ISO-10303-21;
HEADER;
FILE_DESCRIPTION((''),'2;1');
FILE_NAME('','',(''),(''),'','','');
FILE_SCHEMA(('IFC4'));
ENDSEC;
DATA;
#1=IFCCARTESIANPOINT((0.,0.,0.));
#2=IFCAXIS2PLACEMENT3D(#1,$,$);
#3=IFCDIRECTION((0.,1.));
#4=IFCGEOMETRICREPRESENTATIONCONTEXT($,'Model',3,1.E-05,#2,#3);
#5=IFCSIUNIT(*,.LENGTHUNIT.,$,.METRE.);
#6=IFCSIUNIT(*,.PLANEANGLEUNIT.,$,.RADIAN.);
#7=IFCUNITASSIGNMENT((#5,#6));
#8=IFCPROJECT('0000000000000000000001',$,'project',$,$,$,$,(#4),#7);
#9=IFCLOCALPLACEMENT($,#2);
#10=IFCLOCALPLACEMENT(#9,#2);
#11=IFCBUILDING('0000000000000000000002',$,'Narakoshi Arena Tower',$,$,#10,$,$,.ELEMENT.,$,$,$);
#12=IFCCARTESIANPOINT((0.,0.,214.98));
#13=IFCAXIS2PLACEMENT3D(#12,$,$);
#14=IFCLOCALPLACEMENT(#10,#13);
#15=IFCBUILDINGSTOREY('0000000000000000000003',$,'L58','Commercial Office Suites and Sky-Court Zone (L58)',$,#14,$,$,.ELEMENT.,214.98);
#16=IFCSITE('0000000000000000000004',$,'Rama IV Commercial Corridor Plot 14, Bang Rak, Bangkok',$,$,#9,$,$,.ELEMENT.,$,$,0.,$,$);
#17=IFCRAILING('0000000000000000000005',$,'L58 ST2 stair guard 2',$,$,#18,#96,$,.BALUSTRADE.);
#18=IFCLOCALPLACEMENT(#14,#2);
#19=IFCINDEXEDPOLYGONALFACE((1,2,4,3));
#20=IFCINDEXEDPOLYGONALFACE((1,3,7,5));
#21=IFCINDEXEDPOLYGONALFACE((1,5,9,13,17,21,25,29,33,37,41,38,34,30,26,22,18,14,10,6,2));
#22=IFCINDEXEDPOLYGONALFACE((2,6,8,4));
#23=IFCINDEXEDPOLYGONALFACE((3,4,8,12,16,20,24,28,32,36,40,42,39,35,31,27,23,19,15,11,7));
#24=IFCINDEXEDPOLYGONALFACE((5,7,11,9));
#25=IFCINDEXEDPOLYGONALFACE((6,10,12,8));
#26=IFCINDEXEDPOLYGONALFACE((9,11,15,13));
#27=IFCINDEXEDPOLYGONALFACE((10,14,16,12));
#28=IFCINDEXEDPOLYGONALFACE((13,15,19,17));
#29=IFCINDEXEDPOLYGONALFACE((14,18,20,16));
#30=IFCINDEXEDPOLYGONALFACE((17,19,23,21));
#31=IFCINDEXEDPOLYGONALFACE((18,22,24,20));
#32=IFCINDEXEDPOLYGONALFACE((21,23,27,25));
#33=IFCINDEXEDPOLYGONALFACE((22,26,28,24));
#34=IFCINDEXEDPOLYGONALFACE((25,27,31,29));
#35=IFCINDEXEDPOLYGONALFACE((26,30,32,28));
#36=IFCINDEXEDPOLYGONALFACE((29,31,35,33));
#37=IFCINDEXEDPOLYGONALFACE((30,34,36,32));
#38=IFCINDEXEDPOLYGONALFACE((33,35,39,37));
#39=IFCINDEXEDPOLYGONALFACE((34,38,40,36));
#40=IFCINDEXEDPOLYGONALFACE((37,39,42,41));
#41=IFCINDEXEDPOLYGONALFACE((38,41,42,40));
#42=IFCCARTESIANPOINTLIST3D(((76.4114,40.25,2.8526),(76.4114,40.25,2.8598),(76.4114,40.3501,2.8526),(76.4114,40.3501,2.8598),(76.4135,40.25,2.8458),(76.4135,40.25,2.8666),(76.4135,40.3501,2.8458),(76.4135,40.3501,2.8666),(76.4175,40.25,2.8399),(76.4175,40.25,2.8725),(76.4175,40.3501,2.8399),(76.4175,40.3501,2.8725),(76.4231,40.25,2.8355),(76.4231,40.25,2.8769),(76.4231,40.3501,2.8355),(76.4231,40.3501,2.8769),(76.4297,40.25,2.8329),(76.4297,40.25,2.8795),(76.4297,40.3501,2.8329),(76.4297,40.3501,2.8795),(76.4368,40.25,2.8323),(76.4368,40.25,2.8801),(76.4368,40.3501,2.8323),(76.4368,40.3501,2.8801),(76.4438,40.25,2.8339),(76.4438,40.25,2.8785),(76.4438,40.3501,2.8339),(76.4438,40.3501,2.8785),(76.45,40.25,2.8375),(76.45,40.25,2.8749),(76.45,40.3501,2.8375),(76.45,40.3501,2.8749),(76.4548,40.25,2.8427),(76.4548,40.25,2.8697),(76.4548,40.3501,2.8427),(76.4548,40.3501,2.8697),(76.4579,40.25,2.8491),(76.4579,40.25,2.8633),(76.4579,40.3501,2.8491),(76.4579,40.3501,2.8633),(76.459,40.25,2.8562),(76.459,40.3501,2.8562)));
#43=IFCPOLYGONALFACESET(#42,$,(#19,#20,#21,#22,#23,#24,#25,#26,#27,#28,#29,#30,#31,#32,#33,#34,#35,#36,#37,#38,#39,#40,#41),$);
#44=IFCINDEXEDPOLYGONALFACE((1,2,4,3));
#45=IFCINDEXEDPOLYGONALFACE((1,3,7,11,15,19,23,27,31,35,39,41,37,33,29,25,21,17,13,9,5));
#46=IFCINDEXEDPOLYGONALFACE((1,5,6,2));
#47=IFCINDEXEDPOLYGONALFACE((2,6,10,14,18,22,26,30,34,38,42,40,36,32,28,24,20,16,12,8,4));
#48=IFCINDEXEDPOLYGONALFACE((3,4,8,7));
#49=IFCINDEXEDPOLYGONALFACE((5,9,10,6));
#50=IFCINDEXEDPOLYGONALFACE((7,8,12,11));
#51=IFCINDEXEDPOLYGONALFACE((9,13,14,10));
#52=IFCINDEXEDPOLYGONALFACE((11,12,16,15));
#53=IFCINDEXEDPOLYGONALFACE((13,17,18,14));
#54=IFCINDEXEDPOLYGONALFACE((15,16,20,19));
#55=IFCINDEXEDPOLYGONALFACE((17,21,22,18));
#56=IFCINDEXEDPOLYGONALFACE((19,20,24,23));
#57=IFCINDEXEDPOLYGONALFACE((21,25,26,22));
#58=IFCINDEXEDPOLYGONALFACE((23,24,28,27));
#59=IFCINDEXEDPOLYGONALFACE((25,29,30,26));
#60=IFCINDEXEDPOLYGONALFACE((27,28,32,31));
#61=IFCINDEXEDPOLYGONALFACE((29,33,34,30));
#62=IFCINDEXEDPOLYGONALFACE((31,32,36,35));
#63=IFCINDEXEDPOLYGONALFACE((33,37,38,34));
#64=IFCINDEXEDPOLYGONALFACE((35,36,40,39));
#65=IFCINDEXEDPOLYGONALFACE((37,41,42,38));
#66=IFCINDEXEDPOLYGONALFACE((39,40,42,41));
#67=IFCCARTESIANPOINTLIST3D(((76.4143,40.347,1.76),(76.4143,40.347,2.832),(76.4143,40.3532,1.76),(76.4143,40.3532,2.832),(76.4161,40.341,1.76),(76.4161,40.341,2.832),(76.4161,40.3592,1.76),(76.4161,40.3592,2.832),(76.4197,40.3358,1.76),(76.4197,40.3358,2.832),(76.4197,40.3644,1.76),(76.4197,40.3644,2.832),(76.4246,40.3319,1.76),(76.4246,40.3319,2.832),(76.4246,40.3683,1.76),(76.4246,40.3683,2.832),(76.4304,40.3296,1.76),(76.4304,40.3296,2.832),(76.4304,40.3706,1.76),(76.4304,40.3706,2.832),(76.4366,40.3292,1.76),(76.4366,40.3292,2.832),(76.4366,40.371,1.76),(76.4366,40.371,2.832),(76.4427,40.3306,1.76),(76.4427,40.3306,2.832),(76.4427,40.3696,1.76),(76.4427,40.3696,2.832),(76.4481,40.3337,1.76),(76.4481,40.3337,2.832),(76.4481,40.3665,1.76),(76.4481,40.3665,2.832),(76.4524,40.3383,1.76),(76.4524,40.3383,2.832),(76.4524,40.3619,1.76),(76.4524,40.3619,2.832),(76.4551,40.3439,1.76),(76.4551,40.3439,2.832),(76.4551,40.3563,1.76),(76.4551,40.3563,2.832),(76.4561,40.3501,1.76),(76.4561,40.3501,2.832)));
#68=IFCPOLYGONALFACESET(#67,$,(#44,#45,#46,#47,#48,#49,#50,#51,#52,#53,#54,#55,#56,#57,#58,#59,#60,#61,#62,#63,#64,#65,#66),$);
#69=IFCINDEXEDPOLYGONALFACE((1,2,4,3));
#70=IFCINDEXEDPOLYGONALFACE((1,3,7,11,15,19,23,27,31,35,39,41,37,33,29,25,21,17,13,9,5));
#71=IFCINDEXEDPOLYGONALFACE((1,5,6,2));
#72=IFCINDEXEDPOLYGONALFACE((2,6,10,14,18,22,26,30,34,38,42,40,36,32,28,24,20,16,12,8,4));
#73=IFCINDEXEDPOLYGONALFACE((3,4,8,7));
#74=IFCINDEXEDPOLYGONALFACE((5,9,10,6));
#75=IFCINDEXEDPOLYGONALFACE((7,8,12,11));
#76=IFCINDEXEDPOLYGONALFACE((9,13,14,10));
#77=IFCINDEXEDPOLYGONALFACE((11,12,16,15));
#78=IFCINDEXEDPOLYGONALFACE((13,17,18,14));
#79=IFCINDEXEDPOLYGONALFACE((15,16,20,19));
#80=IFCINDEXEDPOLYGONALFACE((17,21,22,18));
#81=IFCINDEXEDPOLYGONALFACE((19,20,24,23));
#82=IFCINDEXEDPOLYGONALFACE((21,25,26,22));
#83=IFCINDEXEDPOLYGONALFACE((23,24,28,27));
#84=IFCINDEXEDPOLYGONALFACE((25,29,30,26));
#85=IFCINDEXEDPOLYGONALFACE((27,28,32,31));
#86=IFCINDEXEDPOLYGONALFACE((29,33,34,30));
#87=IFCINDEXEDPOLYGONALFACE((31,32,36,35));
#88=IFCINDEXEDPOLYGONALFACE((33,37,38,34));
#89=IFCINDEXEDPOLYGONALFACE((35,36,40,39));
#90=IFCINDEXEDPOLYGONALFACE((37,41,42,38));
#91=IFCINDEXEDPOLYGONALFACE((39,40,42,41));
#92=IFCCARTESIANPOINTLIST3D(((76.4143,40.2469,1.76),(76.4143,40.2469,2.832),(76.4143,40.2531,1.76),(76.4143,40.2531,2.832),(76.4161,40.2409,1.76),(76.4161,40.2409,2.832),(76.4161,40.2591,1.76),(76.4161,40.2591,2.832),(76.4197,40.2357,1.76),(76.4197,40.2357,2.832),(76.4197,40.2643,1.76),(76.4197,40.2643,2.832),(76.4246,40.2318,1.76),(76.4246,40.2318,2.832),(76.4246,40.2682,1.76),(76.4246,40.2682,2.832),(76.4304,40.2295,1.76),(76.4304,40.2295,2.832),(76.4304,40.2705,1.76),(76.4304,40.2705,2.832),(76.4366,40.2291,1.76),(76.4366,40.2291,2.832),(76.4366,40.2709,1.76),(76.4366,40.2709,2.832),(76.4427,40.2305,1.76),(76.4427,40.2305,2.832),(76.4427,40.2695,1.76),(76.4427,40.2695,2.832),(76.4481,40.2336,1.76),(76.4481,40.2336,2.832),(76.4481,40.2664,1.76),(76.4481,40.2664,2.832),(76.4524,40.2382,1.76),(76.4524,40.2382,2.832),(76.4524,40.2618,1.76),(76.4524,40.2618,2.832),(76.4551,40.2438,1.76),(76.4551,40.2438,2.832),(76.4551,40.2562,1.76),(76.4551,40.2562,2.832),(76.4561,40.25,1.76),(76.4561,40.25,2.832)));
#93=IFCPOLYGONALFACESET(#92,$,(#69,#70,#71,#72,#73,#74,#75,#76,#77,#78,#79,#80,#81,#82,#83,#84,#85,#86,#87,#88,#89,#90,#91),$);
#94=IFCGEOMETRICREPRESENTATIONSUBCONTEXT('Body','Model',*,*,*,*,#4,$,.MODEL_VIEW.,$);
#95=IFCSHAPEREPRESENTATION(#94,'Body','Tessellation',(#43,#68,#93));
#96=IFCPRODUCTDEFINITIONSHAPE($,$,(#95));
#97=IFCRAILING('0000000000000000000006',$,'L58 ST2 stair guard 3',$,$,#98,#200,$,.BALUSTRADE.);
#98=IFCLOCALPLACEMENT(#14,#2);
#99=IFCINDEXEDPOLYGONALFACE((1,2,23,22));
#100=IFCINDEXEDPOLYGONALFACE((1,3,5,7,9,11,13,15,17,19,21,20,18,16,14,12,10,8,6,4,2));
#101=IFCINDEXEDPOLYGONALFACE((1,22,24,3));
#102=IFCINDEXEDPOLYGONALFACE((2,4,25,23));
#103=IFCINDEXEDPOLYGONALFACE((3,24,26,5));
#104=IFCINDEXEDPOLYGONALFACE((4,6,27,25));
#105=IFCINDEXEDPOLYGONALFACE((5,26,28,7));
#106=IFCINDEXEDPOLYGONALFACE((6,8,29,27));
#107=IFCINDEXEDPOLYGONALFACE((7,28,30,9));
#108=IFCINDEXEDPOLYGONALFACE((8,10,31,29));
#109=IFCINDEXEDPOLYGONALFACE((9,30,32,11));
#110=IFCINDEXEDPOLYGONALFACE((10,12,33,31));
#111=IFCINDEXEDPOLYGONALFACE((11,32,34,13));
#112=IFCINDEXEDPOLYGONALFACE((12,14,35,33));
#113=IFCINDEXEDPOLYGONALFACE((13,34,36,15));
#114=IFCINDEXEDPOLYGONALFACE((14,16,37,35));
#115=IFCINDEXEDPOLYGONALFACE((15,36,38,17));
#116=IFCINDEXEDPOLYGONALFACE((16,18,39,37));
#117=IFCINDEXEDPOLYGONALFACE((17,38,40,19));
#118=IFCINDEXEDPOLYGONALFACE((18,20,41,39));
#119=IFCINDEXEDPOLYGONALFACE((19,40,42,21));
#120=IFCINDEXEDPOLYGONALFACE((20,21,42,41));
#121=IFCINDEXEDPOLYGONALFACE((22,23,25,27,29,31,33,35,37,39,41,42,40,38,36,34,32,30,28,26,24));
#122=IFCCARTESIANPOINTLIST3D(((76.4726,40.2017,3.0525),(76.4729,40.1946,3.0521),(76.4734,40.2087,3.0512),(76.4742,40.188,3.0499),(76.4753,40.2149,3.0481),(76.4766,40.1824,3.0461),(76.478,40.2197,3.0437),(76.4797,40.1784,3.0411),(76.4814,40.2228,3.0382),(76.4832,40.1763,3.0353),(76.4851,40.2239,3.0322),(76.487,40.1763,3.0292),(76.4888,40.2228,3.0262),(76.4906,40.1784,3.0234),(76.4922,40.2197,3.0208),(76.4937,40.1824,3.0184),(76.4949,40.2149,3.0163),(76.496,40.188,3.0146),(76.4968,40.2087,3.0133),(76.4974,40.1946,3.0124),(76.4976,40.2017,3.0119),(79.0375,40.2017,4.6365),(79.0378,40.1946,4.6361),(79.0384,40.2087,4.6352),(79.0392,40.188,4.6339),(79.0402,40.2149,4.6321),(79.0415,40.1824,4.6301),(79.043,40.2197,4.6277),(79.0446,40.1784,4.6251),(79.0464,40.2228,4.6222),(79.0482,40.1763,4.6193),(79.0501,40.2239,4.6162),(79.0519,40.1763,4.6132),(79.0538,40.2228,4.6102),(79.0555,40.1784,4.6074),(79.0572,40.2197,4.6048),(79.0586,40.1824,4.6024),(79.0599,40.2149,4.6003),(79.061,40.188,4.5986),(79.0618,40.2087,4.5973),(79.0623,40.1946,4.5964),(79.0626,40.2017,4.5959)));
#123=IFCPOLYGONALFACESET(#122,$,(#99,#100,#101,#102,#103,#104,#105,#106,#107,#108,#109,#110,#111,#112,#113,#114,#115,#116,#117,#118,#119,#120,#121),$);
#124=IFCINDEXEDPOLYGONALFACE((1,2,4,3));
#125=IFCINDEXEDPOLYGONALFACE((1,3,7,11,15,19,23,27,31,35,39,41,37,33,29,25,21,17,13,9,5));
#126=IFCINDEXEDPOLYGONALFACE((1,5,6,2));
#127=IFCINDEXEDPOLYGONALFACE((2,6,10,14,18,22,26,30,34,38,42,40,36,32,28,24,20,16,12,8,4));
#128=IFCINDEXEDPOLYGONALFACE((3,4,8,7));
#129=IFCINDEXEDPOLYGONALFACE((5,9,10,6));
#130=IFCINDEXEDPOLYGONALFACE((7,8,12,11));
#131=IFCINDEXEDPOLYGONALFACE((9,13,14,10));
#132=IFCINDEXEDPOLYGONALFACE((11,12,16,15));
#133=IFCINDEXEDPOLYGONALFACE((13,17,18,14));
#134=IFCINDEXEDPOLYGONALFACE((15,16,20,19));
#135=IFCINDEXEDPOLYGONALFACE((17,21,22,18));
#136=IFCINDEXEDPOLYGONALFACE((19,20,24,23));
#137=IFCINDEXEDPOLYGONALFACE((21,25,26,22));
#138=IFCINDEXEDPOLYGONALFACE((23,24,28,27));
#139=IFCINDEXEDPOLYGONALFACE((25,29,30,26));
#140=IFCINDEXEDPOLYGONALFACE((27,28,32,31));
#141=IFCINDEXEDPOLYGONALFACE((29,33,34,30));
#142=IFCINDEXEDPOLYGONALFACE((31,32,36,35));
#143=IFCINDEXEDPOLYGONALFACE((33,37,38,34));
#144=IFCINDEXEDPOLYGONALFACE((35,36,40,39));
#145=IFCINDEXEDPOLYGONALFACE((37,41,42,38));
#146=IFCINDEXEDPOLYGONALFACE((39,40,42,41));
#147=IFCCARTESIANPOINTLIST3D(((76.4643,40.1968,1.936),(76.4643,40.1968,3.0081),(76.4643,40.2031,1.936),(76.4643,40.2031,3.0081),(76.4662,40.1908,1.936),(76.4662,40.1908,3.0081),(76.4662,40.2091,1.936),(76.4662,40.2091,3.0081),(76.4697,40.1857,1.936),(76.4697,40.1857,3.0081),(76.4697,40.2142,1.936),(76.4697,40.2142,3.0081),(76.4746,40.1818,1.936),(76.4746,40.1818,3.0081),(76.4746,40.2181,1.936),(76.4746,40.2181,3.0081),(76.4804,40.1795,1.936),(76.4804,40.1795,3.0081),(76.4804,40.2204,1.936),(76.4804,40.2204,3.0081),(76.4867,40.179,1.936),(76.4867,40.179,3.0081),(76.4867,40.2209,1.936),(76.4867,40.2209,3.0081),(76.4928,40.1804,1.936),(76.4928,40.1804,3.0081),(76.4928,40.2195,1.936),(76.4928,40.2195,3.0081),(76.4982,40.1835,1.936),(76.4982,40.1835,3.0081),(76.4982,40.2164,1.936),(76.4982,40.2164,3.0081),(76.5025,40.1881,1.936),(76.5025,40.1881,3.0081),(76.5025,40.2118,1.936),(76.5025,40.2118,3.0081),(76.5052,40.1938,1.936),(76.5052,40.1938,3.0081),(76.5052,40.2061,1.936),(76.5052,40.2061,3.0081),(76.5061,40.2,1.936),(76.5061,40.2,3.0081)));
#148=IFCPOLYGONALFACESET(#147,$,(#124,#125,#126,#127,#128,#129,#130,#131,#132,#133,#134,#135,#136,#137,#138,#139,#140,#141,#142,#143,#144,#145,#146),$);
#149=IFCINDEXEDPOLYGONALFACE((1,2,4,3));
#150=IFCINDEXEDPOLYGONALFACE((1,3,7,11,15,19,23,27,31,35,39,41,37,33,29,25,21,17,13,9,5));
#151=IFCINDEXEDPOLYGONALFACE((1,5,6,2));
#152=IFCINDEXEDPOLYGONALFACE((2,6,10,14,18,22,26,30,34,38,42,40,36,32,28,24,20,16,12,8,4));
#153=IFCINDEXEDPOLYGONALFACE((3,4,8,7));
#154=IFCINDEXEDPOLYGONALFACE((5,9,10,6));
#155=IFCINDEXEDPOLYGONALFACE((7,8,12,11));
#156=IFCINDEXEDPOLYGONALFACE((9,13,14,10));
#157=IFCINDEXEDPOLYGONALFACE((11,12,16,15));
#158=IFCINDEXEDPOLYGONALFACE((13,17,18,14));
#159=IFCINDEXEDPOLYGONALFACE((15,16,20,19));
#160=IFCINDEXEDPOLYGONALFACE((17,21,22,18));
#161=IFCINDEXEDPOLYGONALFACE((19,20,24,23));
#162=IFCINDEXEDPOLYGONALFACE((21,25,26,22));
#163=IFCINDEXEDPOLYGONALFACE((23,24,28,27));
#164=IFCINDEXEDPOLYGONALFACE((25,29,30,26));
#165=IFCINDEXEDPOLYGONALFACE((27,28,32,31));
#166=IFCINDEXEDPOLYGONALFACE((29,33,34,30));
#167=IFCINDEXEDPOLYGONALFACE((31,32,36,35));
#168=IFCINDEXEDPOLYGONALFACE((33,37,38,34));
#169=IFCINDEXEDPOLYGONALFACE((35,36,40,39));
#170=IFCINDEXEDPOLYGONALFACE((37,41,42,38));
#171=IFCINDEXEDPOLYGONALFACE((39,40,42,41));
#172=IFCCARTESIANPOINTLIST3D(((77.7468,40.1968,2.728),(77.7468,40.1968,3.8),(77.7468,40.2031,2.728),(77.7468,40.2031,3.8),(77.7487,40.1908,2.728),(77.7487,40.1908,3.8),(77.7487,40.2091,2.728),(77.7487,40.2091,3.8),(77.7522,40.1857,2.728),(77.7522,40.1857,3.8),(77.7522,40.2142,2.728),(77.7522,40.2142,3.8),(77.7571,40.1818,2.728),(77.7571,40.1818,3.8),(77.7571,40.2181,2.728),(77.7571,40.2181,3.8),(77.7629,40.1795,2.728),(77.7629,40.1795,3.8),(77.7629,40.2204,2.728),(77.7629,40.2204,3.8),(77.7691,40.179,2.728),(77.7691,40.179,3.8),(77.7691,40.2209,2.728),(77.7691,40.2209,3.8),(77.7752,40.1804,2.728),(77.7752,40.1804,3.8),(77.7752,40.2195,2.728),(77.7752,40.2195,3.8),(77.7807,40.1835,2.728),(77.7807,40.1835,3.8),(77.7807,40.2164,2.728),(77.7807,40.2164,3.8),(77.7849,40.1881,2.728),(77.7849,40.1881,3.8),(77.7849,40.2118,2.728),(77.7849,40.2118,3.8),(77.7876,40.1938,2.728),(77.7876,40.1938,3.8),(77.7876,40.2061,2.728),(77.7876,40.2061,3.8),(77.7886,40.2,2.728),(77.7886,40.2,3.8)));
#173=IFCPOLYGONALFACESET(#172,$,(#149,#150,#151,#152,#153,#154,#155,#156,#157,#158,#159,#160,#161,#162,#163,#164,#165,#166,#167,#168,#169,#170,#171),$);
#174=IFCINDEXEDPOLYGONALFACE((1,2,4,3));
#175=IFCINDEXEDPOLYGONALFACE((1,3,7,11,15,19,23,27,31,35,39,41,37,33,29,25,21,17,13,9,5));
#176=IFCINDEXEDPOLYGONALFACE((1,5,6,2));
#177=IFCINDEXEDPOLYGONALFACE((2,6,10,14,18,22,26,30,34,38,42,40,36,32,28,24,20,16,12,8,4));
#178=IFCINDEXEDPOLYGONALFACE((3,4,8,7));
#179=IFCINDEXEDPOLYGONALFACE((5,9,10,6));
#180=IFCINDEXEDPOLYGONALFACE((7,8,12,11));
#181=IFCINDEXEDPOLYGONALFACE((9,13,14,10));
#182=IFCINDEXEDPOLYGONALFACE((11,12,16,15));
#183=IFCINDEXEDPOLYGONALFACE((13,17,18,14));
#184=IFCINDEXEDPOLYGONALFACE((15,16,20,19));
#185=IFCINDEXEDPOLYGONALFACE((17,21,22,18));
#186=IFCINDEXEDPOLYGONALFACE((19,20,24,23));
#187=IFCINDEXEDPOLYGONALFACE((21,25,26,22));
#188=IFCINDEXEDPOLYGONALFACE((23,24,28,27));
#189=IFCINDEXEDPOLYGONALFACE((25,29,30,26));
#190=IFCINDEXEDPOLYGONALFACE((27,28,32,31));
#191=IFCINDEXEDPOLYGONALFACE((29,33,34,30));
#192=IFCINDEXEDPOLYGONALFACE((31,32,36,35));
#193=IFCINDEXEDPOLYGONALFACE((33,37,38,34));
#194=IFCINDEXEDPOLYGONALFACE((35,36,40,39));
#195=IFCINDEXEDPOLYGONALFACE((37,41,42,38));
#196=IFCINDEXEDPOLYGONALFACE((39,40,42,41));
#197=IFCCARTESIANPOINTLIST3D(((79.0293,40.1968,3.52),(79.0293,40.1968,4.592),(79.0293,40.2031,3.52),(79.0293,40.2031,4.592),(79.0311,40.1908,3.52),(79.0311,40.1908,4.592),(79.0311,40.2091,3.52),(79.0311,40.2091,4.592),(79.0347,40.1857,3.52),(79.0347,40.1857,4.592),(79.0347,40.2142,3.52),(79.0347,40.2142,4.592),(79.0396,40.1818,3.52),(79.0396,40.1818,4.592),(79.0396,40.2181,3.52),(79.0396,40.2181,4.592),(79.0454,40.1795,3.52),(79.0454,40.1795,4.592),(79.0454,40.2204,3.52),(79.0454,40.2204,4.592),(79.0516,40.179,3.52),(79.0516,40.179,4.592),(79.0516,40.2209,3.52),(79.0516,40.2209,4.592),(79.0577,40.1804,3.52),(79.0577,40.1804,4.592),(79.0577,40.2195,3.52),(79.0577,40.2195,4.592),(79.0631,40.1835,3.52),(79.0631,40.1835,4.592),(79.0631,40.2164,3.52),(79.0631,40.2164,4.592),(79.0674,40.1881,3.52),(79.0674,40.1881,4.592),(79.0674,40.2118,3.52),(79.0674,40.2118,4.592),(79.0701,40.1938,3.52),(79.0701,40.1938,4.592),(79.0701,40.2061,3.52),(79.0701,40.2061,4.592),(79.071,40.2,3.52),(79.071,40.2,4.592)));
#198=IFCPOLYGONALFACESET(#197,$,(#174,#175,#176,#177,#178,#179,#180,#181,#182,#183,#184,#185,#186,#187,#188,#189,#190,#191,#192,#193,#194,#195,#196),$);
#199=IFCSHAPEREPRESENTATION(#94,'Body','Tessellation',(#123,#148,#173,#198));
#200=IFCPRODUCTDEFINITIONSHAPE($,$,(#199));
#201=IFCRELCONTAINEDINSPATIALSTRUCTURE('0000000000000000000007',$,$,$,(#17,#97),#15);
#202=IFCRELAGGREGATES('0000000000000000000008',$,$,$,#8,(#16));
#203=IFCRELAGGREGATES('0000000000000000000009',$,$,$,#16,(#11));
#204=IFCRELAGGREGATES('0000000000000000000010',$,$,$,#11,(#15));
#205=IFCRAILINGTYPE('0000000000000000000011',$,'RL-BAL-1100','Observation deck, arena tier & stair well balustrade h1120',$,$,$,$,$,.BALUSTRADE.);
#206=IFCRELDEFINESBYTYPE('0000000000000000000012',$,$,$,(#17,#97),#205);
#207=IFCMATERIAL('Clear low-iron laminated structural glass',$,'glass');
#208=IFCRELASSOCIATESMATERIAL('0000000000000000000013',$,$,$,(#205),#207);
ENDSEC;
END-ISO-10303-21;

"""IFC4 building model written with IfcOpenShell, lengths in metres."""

from ifc_helpers import new_model, si_unit, direction, frame, origin, origin_2d, place, context, subcontext, project, spatial, circle, extrude, material, type_object, element, save


model = new_model("IFC4")

# Units and contexts
model_context = context("Model", 3, precision=1e-05, world=origin(), true_north=direction((0.0, 1.0)))
body_context = subcontext(model_context, "Body", "Model", "MODEL_VIEW")
ifc_project = project(units=[si_unit("LENGTHUNIT", "METRE"), si_unit("PLANEANGLEUNIT", "RADIAN")], contexts=[model_context])

# Site, building, storey
site_placement = place(None, origin())
site = spatial("IfcSite", under=ifc_project, at=site_placement, Name="Rama IV Commercial Corridor Plot 14, Bang Rak, Bangkok", CompositionType="ELEMENT", RefElevation=0.0)
building_placement = place(site_placement, origin())
building = spatial("IfcBuilding", under=site, at=building_placement, Name="Narakoshi Arena Tower", CompositionType="ELEMENT")
storey_placement = place(building_placement, frame((0.0, 0.0, 214.98)))
storey = spatial("IfcBuildingStorey", under=building, at=storey_placement, Name="L58", Description="Commercial Office Suites and Sky-Court Zone (L58)", CompositionType="ELEMENT", Elevation=214.98)

# Railings
ifc_material_1 = material(Name="Clear low-iron laminated structural glass", Category="glass")
railing_type_1 = type_object("IfcRailingType", Name="RL-BAL-1100", Description="Observation deck, arena tier & stair well balustrade h1120", PredefinedType="BALUSTRADE", material=ifc_material_1)
railing_1_placement = place(storey_placement, frame((76.4351, 40.3501, 1.76)))
element("IfcRailing", 1, at=railing_1_placement, inside=storey, type_object=railing_type_1, Name="L58 ST2 stair guard 2", PredefinedType="BALUSTRADE", context=body_context, shape_type="SweptSolid", body=[
    extrude(circle(Radius=0.0239, at=origin_2d()), frame((0.0, 0.0, 1.0962), z_axis=(0.0, -1.0, 0.0), x_axis=(1.0, 0.0, 0.0)), (0.0, 0.0, 1.0), 0.1001),
    extrude(circle(Radius=0.021, at=origin_2d()), origin(), (0.0, 0.0, 1.0), 1.072),
    extrude(circle(Radius=0.021, at=origin_2d()), frame((0.0, -0.1001, 0.0)), (0.0, 0.0, 1.0), 1.072),
])
railing_2_placement = place(storey_placement, frame((76.4851, 40.2, 1.936)))
element("IfcRailing", 2, at=railing_2_placement, inside=storey, type_object=railing_type_1, Name="L58 ST2 stair guard 3", PredefinedType="BALUSTRADE", context=body_context, shape_type="SweptSolid", body=[
    extrude(circle(Radius=0.0239, at=origin_2d()), frame((0.0, 0.0, 1.0962), z_axis=(0.850834, 0.0, 0.525434), x_axis=(0.0, 1.0, 0.0)), (0.0, 0.0, 1.0), 3.0146),
    extrude(circle(Radius=0.021, at=origin_2d()), origin(), (0.0, 0.0, 1.0), 1.072),
    extrude(circle(Radius=0.021, at=origin_2d()), frame((1.2825, 0.0, 0.792)), (0.0, 0.0, 1.0), 1.072),
    extrude(circle(Radius=0.021, at=origin_2d()), frame((2.5649, 0.0, 1.584)), (0.0, 0.0, 1.0), 1.072),
])

save(model, "model.ifc")
